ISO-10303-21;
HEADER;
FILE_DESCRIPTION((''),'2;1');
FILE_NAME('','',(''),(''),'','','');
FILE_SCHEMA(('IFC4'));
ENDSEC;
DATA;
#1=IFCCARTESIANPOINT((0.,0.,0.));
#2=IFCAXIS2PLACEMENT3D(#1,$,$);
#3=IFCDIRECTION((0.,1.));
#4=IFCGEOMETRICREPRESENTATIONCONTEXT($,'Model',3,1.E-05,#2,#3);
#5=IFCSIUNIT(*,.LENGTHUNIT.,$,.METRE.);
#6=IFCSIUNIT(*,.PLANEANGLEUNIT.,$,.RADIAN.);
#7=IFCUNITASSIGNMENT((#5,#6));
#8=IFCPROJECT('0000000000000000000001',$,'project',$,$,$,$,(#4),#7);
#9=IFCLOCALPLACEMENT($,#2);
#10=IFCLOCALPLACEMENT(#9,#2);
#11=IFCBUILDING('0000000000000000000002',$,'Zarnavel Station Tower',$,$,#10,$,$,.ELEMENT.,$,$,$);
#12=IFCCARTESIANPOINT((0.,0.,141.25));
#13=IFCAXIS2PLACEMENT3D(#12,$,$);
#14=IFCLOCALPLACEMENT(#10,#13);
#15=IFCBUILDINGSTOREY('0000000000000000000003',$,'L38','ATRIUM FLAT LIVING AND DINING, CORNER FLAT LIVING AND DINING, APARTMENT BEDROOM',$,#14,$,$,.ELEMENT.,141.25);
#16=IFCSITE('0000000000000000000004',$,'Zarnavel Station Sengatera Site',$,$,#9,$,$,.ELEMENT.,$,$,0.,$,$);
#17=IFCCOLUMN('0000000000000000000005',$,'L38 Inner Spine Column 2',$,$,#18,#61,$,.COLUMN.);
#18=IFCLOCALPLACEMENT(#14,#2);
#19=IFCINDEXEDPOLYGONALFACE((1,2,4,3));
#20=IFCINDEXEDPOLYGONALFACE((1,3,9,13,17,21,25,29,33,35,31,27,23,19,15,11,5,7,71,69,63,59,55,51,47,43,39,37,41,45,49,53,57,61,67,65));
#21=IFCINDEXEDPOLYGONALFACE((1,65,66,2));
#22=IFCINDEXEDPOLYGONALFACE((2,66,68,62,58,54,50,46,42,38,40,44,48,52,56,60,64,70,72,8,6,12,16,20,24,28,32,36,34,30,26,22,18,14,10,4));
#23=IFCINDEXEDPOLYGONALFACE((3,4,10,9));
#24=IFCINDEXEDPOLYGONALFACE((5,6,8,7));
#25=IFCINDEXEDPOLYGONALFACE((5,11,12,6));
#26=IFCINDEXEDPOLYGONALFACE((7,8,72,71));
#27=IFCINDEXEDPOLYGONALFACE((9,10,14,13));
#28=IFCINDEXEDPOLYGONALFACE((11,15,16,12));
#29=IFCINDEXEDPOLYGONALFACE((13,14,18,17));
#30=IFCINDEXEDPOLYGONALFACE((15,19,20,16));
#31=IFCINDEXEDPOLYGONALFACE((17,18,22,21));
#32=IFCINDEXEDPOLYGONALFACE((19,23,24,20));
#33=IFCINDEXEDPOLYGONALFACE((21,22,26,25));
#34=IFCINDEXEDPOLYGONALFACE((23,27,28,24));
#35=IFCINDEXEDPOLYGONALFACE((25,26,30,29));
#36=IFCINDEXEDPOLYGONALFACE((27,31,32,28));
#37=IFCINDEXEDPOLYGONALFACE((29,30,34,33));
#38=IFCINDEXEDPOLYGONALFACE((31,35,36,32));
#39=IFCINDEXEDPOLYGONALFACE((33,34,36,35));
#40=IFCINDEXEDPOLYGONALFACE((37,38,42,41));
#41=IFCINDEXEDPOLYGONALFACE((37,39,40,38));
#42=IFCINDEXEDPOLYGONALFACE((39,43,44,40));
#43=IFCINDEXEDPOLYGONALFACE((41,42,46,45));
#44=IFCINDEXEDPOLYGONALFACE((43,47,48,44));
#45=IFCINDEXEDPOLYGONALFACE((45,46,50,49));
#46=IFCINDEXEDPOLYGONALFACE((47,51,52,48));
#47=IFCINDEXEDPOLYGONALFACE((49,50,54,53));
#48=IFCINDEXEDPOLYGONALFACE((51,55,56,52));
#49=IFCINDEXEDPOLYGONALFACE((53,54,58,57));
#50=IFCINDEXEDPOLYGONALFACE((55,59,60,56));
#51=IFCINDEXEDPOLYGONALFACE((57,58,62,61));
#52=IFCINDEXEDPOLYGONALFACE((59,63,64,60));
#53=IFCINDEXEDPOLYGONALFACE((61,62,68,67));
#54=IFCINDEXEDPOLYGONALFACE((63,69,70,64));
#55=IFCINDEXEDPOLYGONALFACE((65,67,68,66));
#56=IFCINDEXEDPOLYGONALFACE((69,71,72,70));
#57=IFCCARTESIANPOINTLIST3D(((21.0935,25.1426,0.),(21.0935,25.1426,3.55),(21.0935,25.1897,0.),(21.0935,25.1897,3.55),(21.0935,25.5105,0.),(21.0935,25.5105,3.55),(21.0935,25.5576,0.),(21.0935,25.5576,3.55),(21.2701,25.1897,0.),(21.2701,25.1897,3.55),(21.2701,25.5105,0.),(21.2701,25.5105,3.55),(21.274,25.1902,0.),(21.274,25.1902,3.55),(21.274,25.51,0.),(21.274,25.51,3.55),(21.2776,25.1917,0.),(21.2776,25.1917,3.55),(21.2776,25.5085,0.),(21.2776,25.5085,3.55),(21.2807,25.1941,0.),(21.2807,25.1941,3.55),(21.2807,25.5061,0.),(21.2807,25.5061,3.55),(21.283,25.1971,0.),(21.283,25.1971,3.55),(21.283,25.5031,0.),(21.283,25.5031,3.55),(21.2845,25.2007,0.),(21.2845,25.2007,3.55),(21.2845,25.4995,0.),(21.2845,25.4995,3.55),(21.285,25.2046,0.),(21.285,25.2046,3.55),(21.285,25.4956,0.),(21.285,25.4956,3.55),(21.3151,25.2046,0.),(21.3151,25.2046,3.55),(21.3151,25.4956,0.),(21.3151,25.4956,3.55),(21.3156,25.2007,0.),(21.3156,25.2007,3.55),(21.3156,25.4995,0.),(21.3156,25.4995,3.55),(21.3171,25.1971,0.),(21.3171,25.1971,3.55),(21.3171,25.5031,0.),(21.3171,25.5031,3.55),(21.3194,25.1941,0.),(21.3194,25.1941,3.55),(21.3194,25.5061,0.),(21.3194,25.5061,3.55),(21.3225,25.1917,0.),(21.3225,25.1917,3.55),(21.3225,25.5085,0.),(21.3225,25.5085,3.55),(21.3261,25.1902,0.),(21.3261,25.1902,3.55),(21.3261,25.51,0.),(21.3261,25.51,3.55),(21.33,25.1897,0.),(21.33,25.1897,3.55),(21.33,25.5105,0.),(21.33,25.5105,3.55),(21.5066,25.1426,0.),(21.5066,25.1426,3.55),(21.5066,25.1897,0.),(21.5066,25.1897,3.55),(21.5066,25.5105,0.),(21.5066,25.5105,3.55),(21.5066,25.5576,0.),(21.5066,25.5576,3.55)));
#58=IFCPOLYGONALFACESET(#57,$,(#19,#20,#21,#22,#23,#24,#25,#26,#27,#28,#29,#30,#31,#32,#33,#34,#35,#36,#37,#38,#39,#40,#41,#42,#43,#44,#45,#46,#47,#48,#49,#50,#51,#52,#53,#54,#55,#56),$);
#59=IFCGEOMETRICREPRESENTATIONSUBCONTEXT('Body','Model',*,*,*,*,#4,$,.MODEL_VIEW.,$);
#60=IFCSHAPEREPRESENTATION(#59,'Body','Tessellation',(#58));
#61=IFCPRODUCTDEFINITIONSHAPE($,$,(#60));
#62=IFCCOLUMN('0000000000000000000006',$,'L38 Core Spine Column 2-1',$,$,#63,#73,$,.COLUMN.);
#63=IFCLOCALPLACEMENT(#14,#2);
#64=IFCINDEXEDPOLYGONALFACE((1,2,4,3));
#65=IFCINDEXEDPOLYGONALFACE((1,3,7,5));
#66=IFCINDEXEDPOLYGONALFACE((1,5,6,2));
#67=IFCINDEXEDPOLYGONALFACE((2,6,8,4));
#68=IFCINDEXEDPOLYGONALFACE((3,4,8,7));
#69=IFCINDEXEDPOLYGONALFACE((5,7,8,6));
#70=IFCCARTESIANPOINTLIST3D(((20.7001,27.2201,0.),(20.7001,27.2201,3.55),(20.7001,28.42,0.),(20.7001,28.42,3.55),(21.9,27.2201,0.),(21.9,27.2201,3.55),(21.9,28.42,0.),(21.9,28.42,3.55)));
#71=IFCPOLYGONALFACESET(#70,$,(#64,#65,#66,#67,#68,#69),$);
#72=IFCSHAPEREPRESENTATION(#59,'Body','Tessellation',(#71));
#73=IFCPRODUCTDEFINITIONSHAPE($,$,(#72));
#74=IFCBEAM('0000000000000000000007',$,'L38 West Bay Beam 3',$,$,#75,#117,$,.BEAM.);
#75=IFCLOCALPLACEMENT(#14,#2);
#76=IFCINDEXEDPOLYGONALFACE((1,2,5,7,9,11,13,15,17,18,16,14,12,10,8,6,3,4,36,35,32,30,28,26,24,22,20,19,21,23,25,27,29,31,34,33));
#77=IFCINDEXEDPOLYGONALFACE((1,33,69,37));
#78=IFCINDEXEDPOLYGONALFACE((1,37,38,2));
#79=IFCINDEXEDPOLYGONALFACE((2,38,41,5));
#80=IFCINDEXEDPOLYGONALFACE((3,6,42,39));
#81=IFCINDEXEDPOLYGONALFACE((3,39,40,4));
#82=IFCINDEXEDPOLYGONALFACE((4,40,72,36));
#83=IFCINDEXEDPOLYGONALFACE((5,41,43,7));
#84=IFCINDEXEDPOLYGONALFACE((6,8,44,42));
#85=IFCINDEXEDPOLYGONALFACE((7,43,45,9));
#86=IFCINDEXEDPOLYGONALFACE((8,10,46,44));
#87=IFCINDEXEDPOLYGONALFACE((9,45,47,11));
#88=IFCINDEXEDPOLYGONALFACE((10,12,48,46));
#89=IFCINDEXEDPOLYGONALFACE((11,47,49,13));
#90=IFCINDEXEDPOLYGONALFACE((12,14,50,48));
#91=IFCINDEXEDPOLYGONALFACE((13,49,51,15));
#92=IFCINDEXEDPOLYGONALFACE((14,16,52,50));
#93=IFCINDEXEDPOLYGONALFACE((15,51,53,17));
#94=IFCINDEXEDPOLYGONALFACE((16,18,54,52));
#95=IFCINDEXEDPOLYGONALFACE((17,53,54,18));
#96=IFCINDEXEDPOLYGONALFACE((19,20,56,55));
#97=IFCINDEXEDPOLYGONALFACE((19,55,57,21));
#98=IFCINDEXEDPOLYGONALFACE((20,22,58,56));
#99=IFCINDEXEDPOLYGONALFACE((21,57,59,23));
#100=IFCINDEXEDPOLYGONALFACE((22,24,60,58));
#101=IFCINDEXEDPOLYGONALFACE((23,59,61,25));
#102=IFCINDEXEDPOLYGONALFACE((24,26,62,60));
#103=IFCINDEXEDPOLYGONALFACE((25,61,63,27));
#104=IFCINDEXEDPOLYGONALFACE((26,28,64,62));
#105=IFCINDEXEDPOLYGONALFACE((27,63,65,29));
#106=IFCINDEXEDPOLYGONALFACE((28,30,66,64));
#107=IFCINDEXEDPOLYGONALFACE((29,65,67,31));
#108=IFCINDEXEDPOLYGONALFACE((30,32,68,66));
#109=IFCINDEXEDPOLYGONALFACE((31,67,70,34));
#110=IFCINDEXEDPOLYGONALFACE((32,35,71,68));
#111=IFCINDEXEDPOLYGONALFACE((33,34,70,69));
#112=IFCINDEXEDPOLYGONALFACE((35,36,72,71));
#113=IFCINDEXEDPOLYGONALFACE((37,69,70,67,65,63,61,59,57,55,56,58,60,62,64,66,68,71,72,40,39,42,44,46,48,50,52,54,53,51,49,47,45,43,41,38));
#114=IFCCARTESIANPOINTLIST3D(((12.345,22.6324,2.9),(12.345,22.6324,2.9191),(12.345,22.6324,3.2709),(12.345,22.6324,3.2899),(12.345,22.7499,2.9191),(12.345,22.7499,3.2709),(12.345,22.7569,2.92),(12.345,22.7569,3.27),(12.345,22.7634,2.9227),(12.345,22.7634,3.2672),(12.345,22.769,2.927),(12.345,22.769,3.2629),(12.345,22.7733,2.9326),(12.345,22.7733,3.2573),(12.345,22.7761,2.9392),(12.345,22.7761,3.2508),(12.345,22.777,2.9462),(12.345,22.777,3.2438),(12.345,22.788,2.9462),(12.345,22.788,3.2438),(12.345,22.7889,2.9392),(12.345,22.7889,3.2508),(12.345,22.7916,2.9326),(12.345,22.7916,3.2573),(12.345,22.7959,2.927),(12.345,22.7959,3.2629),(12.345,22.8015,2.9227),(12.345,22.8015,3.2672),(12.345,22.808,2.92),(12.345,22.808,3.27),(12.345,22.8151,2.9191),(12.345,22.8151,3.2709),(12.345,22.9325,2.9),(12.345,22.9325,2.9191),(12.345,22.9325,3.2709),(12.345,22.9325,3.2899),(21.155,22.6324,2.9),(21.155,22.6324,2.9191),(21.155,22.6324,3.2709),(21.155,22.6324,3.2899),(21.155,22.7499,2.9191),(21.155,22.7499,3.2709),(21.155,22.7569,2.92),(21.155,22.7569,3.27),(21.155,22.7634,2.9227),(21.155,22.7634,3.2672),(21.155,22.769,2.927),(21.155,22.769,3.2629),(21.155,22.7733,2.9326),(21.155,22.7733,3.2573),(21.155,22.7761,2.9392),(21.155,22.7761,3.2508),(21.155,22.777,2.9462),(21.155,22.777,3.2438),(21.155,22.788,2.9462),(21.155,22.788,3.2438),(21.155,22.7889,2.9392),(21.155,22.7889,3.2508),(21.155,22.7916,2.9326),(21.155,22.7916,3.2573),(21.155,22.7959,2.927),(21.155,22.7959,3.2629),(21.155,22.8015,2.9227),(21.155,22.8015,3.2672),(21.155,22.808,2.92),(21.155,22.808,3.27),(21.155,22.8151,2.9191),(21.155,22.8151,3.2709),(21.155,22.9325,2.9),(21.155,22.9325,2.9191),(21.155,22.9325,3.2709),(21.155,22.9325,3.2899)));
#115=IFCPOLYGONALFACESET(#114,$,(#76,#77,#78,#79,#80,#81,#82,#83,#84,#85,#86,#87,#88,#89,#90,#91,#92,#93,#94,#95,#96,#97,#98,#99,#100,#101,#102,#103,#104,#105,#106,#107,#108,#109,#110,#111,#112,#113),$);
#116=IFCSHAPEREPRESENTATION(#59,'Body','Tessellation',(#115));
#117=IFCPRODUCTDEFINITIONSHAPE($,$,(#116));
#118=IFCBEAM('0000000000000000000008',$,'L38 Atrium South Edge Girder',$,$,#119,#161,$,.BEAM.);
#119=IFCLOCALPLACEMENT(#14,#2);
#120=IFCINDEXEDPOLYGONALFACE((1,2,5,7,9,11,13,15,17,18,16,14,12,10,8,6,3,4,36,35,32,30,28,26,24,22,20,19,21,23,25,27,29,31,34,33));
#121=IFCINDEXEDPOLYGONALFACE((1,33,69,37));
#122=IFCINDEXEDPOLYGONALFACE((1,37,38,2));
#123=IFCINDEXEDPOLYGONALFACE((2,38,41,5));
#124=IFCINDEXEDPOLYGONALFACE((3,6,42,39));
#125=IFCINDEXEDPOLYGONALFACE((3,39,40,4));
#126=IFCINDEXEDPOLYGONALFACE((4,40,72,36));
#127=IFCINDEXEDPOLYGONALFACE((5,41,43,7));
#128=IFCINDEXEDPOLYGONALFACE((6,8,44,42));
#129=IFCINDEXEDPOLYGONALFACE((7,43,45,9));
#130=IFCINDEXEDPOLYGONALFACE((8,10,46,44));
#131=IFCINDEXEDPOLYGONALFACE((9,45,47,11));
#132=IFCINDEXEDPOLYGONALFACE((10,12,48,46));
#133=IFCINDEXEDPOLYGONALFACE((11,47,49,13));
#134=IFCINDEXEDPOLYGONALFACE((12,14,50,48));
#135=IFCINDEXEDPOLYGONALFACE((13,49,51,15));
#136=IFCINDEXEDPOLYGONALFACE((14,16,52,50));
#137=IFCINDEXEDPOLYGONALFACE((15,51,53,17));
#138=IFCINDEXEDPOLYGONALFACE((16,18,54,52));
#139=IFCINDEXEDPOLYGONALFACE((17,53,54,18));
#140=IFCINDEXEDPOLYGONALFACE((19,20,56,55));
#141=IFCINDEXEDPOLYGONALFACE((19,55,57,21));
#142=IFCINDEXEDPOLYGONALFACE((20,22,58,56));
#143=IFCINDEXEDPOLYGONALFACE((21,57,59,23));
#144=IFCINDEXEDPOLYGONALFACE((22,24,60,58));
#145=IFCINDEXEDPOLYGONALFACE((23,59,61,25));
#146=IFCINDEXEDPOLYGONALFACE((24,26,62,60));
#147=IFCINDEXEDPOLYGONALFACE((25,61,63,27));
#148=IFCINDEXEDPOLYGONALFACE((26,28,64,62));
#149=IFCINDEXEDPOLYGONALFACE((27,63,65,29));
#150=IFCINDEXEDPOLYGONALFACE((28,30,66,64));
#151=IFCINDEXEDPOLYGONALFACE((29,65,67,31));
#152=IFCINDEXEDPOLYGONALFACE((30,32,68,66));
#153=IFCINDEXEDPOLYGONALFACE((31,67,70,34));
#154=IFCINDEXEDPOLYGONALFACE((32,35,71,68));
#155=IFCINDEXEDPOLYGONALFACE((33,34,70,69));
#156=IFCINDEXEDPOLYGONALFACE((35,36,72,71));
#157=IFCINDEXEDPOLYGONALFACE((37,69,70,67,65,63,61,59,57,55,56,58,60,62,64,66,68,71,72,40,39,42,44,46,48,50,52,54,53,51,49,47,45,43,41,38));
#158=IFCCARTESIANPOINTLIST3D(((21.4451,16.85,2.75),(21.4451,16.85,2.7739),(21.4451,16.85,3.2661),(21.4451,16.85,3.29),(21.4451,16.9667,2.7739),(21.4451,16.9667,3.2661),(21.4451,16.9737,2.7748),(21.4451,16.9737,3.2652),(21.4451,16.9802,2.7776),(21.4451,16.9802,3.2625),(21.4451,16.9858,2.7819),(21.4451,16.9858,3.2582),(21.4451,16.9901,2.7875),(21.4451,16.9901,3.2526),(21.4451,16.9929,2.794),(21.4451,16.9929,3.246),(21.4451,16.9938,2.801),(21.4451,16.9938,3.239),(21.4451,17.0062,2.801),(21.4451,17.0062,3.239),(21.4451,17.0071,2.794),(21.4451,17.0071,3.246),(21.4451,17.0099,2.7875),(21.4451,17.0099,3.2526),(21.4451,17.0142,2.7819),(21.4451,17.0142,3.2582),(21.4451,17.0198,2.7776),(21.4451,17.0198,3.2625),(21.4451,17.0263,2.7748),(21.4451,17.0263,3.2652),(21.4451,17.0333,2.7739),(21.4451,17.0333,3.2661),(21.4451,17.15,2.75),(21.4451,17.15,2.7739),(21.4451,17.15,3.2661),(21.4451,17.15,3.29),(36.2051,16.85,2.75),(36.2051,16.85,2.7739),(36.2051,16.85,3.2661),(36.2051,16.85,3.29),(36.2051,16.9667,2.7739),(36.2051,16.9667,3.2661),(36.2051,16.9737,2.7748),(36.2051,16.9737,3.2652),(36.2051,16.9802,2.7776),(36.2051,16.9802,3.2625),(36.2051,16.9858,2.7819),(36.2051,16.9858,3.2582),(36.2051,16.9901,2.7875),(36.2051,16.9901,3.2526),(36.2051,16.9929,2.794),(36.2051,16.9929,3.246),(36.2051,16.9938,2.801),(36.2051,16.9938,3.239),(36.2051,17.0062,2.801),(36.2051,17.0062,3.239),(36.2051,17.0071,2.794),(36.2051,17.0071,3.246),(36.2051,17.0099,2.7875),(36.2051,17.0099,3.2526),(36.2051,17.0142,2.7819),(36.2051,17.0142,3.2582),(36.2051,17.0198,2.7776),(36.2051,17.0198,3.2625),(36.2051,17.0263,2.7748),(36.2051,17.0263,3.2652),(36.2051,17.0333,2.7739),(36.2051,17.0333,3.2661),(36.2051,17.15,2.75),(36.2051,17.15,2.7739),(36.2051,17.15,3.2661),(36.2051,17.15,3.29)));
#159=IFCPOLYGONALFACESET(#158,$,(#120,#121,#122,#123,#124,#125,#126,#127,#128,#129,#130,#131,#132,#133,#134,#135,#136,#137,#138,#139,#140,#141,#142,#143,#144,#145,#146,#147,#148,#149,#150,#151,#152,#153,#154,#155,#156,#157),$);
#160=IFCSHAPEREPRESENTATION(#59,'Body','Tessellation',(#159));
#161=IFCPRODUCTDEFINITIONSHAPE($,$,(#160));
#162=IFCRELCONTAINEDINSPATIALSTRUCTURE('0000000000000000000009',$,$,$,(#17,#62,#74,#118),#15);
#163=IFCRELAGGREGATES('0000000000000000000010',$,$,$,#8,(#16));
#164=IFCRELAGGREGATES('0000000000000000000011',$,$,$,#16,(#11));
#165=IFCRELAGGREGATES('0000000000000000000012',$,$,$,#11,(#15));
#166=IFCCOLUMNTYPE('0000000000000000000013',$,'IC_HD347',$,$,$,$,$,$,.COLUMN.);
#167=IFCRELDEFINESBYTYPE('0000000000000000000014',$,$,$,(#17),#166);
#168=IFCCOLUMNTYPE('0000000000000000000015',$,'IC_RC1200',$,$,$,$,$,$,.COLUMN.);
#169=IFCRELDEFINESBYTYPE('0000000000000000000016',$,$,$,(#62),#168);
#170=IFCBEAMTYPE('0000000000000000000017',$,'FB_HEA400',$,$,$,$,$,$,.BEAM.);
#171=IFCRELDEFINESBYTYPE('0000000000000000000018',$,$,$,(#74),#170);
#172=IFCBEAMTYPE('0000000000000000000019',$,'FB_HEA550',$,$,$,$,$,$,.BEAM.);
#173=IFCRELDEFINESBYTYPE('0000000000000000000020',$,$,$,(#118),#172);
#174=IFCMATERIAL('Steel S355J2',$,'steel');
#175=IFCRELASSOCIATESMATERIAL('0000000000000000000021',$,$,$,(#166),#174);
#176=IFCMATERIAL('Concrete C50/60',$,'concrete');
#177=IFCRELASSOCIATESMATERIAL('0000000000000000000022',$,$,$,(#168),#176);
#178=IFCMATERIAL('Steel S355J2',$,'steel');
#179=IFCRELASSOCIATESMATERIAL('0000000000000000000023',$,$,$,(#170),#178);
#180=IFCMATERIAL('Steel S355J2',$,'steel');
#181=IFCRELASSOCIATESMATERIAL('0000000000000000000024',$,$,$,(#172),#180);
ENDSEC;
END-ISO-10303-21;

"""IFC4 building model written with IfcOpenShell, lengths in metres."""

from ifc_helpers import new_model, si_unit, direction, frame, origin, origin_2d, place, context, subcontext, project, spatial, rectangle, i_section, extrude, material, material_profile, profile_set, type_object, element, save


model = new_model("IFC4")

# Units and contexts
model_context = context("Model", 3, precision=1e-05, world=origin(), true_north=direction((0.0, 1.0)))
body_context = subcontext(model_context, "Body", "Model", "MODEL_VIEW")
ifc_project = project(units=[si_unit("LENGTHUNIT", "METRE"), si_unit("PLANEANGLEUNIT", "RADIAN")], contexts=[model_context])

# Site, building, storey
site_placement = place(None, origin())
site = spatial("IfcSite", under=ifc_project, at=site_placement, Name="Zarnavel Station Sengatera Site", CompositionType="ELEMENT", RefElevation=0.0)
building_placement = place(site_placement, origin())
building = spatial("IfcBuilding", under=site, at=building_placement, Name="Zarnavel Station Tower", CompositionType="ELEMENT")
storey_placement = place(building_placement, frame((0.0, 0.0, 141.25)))
storey = spatial("IfcBuildingStorey", under=building, at=storey_placement, Name="L38", Description="ATRIUM FLAT LIVING AND DINING, CORNER FLAT LIVING AND DINING, APARTMENT BEDROOM", CompositionType="ELEMENT", Elevation=141.25)

# Columns
ifc_material_1 = material(Name="Steel S355J2", Category="steel")
ifc_material_profile_1 = material_profile(ifc_material_1, i_section(OverallWidth=0.4131, OverallDepth=0.415, WebThickness=0.03, FlangeThickness=0.0471, FilletRadius=0.0149, at=origin_2d()), Name="HD400x347")
ifc_profile_set_1 = profile_set([ifc_material_profile_1], Name="Steel S355J2")
column_type_1 = type_object("IfcColumnType", Name="IC_HD347", PredefinedType="COLUMN", material=ifc_profile_set_1)
column_1_placement = place(storey_placement, frame((21.3, 25.3501, 0.0), z_axis=(0.0, 0.0, 1.0), x_axis=(1.0, 0.0, 0.0)))
element("IfcColumn", 1, at=column_1_placement, inside=storey, type_object=column_type_1, Name="L38 Inner Spine Column 2", PredefinedType="COLUMN", context=body_context, shape_type="SweptSolid", body=[
    extrude(i_section(OverallWidth=0.4131, OverallDepth=0.415, WebThickness=0.03, FlangeThickness=0.0471, FilletRadius=0.0149, at=origin_2d()), origin(), (0.0, 0.0, 1.0), 3.55),
])
ifc_material_2 = material(Name="Concrete C50/60", Category="concrete")
ifc_material_profile_2 = material_profile(ifc_material_2, rectangle(XDim=1.2, YDim=1.2, at=origin_2d()), Name="RC1200x1200")
ifc_profile_set_2 = profile_set([ifc_material_profile_2], Name="Concrete C50/60")
column_type_2 = type_object("IfcColumnType", Name="IC_RC1200", PredefinedType="COLUMN", material=ifc_profile_set_2)
column_2_placement = place(storey_placement, frame((21.3, 27.8201, 0.0), z_axis=(0.0, 0.0, 1.0), x_axis=(1.0, 0.0, 0.0)))
element("IfcColumn", 2, at=column_2_placement, inside=storey, type_object=column_type_2, Name="L38 Core Spine Column 2-1", PredefinedType="COLUMN", context=body_context, shape_type="SweptSolid", body=[
    extrude(rectangle(XDim=1.2, YDim=1.2, at=origin_2d()), origin(), (0.0, 0.0, 1.0), 3.55),
])

# Beams
ifc_material_3 = material(Name="Steel S355J2", Category="steel")
ifc_material_profile_3 = material_profile(ifc_material_3, i_section(OverallWidth=0.3, OverallDepth=0.3899, WebThickness=0.011, FlangeThickness=0.019, FilletRadius=0.0271, at=origin_2d()), Name="HEA400")
ifc_profile_set_3 = profile_set([ifc_material_profile_3], Name="Steel S355J2")
beam_type_1 = type_object("IfcBeamType", Name="FB_HEA400", PredefinedType="BEAM", material=ifc_profile_set_3)
beam_1_placement = place(storey_placement, frame((12.345, 22.7825, 3.095), z_axis=(1.0, 0.0, 0.0), x_axis=(0.0, 1.0, 0.0)))
element("IfcBeam", 3, at=beam_1_placement, inside=storey, type_object=beam_type_1, Name="L38 West Bay Beam 3", PredefinedType="BEAM", context=body_context, shape_type="SweptSolid", body=[
    extrude(i_section(OverallWidth=0.3, OverallDepth=0.3899, WebThickness=0.011, FlangeThickness=0.019, FilletRadius=0.0271, at=origin_2d()), origin(), (0.0, 0.0, 1.0), 8.8101),
])
ifc_material_4 = material(Name="Steel S355J2", Category="steel")
ifc_material_profile_4 = material_profile(ifc_material_4, i_section(OverallWidth=0.3, OverallDepth=0.54, WebThickness=0.0125, FlangeThickness=0.0239, FilletRadius=0.0271, at=origin_2d()), Name="HEA550")
ifc_profile_set_4 = profile_set([ifc_material_profile_4], Name="Steel S355J2")
beam_type_2 = type_object("IfcBeamType", Name="FB_HEA550", PredefinedType="BEAM", material=ifc_profile_set_4)
beam_2_placement = place(storey_placement, frame((21.4451, 17.0, 3.02), z_axis=(1.0, 0.0, 0.0), x_axis=(0.0, 1.0, 0.0)))
element("IfcBeam", 4, at=beam_2_placement, inside=storey, type_object=beam_type_2, Name="L38 Atrium South Edge Girder", PredefinedType="BEAM", context=body_context, shape_type="SweptSolid", body=[
    extrude(i_section(OverallWidth=0.3, OverallDepth=0.54, WebThickness=0.0125, FlangeThickness=0.0239, FilletRadius=0.0271, at=origin_2d()), origin(), (0.0, 0.0, 1.0), 14.76),
])

save(model, "model.ifc")
